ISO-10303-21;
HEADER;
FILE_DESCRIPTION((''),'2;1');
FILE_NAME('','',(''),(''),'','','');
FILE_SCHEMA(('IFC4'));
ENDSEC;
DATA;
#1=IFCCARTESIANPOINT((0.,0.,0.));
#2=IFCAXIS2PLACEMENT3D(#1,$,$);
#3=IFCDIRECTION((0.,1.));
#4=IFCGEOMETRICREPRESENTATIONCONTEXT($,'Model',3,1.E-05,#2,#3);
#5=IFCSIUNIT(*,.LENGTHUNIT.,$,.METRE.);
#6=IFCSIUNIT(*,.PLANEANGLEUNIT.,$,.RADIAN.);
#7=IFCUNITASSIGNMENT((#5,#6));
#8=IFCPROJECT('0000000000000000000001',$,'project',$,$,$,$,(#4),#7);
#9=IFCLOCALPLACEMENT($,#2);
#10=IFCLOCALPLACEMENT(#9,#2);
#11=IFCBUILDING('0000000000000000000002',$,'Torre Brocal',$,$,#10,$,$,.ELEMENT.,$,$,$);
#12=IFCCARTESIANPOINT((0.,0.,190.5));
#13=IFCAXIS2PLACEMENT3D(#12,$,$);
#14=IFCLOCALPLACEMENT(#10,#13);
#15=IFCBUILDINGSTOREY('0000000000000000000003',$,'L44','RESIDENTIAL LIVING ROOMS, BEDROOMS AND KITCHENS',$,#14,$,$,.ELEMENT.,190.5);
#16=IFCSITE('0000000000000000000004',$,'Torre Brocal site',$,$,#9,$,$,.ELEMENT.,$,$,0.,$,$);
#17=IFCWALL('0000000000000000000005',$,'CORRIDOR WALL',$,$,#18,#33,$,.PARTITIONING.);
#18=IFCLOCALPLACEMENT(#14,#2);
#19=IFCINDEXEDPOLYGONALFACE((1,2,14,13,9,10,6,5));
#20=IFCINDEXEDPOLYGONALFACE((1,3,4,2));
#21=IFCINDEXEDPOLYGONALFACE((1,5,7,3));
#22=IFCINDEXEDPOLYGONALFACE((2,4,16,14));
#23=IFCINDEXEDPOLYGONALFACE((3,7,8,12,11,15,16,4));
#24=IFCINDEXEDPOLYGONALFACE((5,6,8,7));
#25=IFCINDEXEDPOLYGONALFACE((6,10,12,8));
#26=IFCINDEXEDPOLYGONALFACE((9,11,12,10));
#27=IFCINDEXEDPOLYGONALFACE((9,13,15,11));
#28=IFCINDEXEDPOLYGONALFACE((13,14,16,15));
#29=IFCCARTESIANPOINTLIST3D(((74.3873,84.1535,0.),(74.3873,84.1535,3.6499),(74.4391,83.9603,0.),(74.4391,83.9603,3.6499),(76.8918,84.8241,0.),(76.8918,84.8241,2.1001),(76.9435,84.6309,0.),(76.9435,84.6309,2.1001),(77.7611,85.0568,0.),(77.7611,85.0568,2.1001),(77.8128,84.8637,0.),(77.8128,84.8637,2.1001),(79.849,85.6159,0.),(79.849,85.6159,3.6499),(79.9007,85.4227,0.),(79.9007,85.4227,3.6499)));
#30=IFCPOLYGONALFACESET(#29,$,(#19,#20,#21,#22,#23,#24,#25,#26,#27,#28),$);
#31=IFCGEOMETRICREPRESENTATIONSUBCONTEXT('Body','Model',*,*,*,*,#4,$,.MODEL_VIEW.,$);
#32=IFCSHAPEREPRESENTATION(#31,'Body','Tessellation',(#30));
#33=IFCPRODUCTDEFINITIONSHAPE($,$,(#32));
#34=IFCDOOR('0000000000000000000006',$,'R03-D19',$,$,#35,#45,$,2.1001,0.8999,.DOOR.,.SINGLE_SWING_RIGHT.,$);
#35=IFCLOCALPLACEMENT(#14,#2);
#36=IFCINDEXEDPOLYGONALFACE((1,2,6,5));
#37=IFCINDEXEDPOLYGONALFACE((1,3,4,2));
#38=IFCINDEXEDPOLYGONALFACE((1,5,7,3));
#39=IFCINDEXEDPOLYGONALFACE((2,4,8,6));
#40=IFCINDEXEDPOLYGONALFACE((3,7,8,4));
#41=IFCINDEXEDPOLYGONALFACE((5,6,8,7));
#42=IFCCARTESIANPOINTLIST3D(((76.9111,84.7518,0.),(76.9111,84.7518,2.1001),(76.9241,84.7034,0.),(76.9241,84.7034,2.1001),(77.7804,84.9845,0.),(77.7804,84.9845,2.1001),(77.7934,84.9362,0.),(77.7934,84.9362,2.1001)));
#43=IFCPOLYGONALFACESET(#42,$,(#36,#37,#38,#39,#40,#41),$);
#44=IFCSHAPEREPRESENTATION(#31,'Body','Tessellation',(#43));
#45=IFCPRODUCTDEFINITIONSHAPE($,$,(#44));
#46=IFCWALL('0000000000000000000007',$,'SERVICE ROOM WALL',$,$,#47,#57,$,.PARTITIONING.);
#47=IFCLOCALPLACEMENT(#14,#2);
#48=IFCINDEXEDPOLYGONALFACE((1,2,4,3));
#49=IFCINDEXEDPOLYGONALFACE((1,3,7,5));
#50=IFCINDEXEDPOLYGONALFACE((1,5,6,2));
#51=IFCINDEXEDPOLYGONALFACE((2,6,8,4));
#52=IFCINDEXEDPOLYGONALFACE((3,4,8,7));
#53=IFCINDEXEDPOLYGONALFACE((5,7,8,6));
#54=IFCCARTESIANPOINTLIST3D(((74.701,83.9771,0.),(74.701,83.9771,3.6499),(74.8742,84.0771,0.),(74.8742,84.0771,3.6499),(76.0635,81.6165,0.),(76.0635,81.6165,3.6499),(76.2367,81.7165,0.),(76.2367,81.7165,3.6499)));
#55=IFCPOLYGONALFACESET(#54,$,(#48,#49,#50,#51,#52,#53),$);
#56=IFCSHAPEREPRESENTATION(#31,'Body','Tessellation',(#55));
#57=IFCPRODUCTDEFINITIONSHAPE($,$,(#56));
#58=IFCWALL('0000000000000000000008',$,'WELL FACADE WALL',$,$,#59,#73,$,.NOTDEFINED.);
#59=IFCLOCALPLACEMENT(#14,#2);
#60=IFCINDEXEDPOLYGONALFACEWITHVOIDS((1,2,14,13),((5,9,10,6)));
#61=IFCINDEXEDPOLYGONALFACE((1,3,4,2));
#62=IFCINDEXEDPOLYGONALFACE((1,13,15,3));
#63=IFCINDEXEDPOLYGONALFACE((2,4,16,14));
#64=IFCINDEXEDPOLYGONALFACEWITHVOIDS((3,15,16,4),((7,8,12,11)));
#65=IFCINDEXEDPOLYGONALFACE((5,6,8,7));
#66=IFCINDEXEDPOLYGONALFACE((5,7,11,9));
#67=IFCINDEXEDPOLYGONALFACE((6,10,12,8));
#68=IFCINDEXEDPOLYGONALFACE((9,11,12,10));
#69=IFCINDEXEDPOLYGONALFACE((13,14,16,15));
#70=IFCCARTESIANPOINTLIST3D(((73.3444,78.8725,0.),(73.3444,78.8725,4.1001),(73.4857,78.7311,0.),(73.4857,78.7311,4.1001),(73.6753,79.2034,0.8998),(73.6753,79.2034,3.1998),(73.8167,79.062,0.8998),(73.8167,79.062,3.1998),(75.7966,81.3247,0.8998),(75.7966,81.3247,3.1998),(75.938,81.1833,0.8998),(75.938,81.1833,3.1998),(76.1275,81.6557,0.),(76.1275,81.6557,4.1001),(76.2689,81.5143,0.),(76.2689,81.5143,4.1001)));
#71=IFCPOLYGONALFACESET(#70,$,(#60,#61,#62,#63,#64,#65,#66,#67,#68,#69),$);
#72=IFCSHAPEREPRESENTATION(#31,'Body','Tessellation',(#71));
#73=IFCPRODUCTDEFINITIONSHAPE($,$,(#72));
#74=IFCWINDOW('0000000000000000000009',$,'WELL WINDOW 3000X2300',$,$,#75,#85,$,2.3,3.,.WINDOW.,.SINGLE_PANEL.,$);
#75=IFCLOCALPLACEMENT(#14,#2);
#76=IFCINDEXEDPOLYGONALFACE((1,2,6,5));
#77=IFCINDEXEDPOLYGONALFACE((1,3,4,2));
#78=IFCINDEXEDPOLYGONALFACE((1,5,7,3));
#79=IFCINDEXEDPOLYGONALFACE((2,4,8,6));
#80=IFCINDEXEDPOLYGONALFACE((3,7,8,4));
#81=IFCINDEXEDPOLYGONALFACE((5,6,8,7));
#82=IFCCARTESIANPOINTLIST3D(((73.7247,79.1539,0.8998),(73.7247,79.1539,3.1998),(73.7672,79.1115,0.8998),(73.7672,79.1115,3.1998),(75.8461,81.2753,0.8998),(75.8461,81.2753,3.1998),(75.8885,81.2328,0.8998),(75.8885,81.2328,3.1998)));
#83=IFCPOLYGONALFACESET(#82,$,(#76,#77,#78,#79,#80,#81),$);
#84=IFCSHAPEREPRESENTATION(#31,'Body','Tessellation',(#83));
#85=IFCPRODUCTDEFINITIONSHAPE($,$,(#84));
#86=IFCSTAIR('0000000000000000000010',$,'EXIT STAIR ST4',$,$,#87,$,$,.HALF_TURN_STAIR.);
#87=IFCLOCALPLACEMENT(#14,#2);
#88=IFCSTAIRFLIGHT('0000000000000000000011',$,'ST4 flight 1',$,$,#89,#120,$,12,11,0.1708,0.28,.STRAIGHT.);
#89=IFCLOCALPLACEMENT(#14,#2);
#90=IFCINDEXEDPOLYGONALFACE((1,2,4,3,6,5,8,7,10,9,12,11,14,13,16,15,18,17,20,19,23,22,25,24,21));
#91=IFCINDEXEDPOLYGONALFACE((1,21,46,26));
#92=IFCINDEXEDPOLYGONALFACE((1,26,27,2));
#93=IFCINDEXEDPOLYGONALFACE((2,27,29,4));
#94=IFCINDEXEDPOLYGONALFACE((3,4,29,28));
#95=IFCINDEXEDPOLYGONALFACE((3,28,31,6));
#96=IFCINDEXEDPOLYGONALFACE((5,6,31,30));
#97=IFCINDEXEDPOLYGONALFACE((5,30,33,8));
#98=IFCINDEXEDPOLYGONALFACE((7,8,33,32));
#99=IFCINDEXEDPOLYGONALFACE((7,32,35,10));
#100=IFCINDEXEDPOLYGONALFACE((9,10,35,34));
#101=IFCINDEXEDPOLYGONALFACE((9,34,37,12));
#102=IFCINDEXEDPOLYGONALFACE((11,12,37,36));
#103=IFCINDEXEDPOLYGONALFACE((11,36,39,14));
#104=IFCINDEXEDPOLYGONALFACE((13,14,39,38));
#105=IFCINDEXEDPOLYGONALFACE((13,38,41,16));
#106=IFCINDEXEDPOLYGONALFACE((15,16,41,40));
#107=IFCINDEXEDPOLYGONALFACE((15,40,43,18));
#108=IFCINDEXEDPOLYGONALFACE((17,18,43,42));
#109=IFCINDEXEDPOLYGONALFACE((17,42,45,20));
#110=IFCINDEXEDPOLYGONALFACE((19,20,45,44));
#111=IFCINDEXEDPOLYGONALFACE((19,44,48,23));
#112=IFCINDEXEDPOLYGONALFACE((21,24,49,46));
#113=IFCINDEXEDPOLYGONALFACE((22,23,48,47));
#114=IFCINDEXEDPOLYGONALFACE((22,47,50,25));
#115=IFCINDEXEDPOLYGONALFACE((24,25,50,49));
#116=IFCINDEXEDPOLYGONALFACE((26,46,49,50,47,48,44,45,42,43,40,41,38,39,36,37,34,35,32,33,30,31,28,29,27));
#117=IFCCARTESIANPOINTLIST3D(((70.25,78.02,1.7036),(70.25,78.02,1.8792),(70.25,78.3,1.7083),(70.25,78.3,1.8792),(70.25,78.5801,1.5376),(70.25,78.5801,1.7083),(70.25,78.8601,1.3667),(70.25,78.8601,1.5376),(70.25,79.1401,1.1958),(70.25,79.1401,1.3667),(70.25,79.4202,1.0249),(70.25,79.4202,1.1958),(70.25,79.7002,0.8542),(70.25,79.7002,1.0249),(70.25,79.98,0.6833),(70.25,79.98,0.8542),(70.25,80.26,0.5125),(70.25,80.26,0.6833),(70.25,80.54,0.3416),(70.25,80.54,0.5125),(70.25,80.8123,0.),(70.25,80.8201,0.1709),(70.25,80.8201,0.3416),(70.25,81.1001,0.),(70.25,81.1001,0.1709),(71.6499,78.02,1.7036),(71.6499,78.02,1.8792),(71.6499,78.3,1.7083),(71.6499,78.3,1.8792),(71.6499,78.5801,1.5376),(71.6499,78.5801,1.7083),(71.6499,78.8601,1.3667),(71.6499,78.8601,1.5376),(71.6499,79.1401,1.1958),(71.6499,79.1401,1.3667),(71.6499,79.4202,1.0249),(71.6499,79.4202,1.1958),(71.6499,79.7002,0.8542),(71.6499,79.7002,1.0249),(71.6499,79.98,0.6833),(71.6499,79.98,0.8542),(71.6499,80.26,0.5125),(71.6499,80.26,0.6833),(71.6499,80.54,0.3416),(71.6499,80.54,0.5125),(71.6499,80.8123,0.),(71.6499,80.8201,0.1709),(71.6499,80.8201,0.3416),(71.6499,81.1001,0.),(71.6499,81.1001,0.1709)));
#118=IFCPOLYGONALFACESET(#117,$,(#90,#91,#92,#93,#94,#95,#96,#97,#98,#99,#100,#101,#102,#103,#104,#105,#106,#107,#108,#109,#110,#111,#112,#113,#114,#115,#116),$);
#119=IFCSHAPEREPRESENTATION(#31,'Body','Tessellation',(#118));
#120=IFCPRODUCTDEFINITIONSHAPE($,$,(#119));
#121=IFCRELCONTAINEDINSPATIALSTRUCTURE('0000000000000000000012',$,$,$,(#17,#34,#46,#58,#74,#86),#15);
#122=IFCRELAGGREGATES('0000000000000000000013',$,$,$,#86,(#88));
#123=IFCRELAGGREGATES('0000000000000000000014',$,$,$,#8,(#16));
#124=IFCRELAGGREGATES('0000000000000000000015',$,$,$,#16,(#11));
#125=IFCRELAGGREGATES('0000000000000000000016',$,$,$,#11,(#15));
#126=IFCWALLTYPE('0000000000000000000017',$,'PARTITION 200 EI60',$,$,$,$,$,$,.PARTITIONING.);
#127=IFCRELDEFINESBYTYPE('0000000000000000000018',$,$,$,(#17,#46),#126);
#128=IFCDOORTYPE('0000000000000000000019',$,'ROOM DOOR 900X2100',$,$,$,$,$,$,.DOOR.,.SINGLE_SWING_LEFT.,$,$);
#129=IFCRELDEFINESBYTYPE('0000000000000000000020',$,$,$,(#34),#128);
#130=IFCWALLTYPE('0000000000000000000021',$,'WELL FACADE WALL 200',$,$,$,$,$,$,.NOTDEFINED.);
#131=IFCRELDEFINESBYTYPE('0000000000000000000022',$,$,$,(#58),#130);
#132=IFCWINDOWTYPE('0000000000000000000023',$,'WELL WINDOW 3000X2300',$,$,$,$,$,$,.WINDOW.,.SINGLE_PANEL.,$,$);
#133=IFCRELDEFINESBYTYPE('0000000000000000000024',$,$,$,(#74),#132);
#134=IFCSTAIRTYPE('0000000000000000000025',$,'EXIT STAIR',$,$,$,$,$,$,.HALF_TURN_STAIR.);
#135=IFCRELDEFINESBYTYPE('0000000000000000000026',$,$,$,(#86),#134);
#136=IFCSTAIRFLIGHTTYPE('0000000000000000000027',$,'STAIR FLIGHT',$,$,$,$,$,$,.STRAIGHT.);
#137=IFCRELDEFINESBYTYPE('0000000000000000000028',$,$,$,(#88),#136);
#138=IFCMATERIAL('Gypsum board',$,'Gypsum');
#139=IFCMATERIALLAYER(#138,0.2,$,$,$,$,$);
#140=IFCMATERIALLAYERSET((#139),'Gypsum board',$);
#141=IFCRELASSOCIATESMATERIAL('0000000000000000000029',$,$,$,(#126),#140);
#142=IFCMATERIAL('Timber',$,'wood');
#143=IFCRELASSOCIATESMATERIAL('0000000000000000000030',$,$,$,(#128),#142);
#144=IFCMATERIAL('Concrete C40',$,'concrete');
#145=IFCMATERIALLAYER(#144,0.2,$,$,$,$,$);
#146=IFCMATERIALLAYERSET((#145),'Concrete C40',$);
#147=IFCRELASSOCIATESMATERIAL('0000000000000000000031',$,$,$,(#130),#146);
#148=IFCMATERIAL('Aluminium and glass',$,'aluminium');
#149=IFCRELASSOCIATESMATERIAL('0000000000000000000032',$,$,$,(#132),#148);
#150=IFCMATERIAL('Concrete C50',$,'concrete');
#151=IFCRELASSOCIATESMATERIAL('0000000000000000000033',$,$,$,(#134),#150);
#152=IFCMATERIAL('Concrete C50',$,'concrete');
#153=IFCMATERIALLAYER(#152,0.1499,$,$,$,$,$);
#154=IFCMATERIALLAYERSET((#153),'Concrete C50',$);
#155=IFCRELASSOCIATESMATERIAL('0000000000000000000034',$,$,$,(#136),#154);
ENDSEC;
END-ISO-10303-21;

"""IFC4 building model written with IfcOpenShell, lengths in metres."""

from ifc_helpers import new_model, si_unit, direction, frame, frame_2d, origin, place, context, subcontext, project, spatial, polyline, rectangle, outline, extrude, material, layer, layer_set, type_object, element, fill, aggregate, save


model = new_model("IFC4")

# Units and contexts
model_context = context("Model", 3, precision=1e-05, world=origin(), true_north=direction((0.0, 1.0)))
body_context = subcontext(model_context, "Body", "Model", "MODEL_VIEW")
ifc_project = project(units=[si_unit("LENGTHUNIT", "METRE"), si_unit("PLANEANGLEUNIT", "RADIAN")], contexts=[model_context])

# Site, building, storey
site_placement = place(None, origin())
site = spatial("IfcSite", under=ifc_project, at=site_placement, Name="Torre Brocal site", CompositionType="ELEMENT", RefElevation=0.0)
building_placement = place(site_placement, origin())
building = spatial("IfcBuilding", under=site, at=building_placement, Name="Torre Brocal", CompositionType="ELEMENT")
storey_placement = place(building_placement, frame((0.0, 0.0, 190.5)))
storey = spatial("IfcBuildingStorey", under=building, at=storey_placement, Name="L44", Description="RESIDENTIAL LIVING ROOMS, BEDROOMS AND KITCHENS", CompositionType="ELEMENT", Elevation=190.5)

# Wall, opening, door
ifc_material_1 = material(Name="Gypsum board", Category="Gypsum")
ifc_layer_1 = layer(ifc_material_1, 0.2)
ifc_layer_set_1 = layer_set([ifc_layer_1], Name="Gypsum board")
wall_type_1 = type_object("IfcWallType", Name="PARTITION 200 EI60", PredefinedType="PARTITIONING", material=ifc_layer_set_1)
ifc_material_2 = material(Name="Timber", Category="wood")
door_type_1 = type_object("IfcDoorType", Name="ROOM DOOR 900X2100", OperationType="SINGLE_SWING_LEFT", PredefinedType="DOOR", material=ifc_material_2)
wall_1_placement = place(storey_placement, frame((74.4131, 84.0569, 0.0), z_axis=(0.0, 0.0, 1.0), x_axis=(0.965972, 0.258646, 0.0)))
wall_1 = element("IfcWall", 1, at=wall_1_placement, inside=storey, type_object=wall_type_1, Name="CORRIDOR WALL", PredefinedType="PARTITIONING", context=body_context, shape_type="SweptSolid", body=[
    extrude(rectangle(XDim=5.6541, YDim=0.2, at=frame_2d((2.8271, 0.0))), origin(), (0.0, 0.0, 1.0), 3.6499),
])
opening_1_placement = place(wall_1_placement, frame((2.5928, 0.0, 0.0)))
opening_1 = element("IfcOpeningElement", 2, at=opening_1_placement, cuts=wall_1, PredefinedType="OPENING", context=body_context, shape_type="SweptSolid", body=[
    extrude(rectangle(XDim=0.8999, YDim=2.1001, at=frame_2d((0.45, 1.05))), frame((0.0, 0.1099, 0.0), z_axis=(0.0, -1.0, 0.0), x_axis=(1.0, 0.0, 0.0)), (0.0, 0.0, 1.0), 0.22),
])
door_1_placement = place(opening_1_placement, frame((0.8999, 0.0, 0.0), z_axis=(0.0, 0.0, 1.0), x_axis=(-1.0, 0.0, 0.0)))
door_1 = element("IfcDoor", 3, at=door_1_placement, inside=storey, type_object=door_type_1, Name="R03-D19", OperationType="SINGLE_SWING_RIGHT", OverallHeight=2.1001, OverallWidth=0.8999, PredefinedType="DOOR", context=body_context, shape_type="SweptSolid", body=[
    extrude(rectangle(XDim=0.8999, YDim=2.1001, at=frame_2d((0.45, 1.05))), frame((0.0, 0.0249, 0.0), z_axis=(0.0, -1.0, 0.0), x_axis=(1.0, 0.0, 0.0)), (0.0, 0.0, 1.0), 0.05),
])
fill(opening_1, door_1)

# Wall
wall_2_placement = place(storey_placement, frame((74.7876, 84.0271, 0.0), z_axis=(0.0, 0.0, 1.0), x_axis=(0.499906, -0.86608, 0.0)))
element("IfcWall", 4, at=wall_2_placement, inside=storey, type_object=wall_type_1, Name="SERVICE ROOM WALL", PredefinedType="PARTITIONING", context=body_context, shape_type="SweptSolid", body=[
    extrude(rectangle(XDim=2.7256, YDim=0.2, at=frame_2d((1.3628, 0.0))), origin(), (0.0, 0.0, 1.0), 3.6499),
])

# Wall, opening, window
ifc_material_3 = material(Name="Concrete C40", Category="concrete")
ifc_layer_2 = layer(ifc_material_3, 0.2)
ifc_layer_set_2 = layer_set([ifc_layer_2], Name="Concrete C40")
wall_type_2 = type_object("IfcWallType", Name="WELL FACADE WALL 200", PredefinedType="NOTDEFINED", material=ifc_layer_set_2)
wall_3_placement = place(storey_placement, frame((76.1982, 81.585, 0.0), z_axis=(0.0, 0.0, 1.0), x_axis=(-0.707107, -0.707107, 0.0)))
wall_3 = element("IfcWall", 5, at=wall_3_placement, inside=storey, type_object=wall_type_2, Name="WELL FACADE WALL", PredefinedType="NOTDEFINED", context=body_context, shape_type="SweptSolid", body=[
    extrude(rectangle(XDim=3.936, YDim=0.2, at=frame_2d((1.968, 0.0))), origin(), (0.0, 0.0, 1.0), 4.1001),
])
opening_2_placement = place(wall_3_placement, frame((0.468, 0.0, 0.8999)))
opening_2 = element("IfcOpeningElement", 6, at=opening_2_placement, cuts=wall_3, PredefinedType="OPENING", context=body_context, shape_type="SweptSolid", body=[
    extrude(rectangle(XDim=3.0, YDim=2.3, at=frame_2d((1.5, 1.1499))), frame((0.0, 0.1099, 0.0), z_axis=(0.0, -1.0, 0.0), x_axis=(1.0, 0.0, 0.0)), (0.0, 0.0, 1.0), 0.22),
])
ifc_material_4 = material(Name="Aluminium and glass", Category="aluminium")
window_type = type_object("IfcWindowType", Name="WELL WINDOW 3000X2300", PartitioningType="SINGLE_PANEL", PredefinedType="WINDOW", material=ifc_material_4)
window_placement = place(opening_2_placement, origin())
window = element("IfcWindow", 7, at=window_placement, inside=storey, type_object=window_type, Name="WELL WINDOW 3000X2300", OverallHeight=2.3, OverallWidth=3.0, PartitioningType="SINGLE_PANEL", PredefinedType="WINDOW", context=body_context, shape_type="SweptSolid", body=[
    extrude(rectangle(XDim=3.0, YDim=2.3, at=frame_2d((1.5, 1.1499))), frame((0.0, 0.03, 0.0), z_axis=(0.0, -1.0, 0.0), x_axis=(1.0, 0.0, 0.0)), (0.0, 0.0, 1.0), 0.0601),
])
fill(opening_2, window)

# Stair, stair flight
ifc_material_5 = material(Name="Concrete C50", Category="concrete")
stair_type = type_object("IfcStairType", Name="EXIT STAIR", PredefinedType="HALF_TURN_STAIR", material=ifc_material_5)
stair_placement = place(storey_placement, origin())
stair = element("IfcStair", 8, at=stair_placement, inside=storey, type_object=stair_type, Name="EXIT STAIR ST4", PredefinedType="HALF_TURN_STAIR")
ifc_material_6 = material(Name="Concrete C50", Category="concrete")
ifc_layer_3 = layer(ifc_material_6, 0.1499)
ifc_layer_set_3 = layer_set([ifc_layer_3], Name="Concrete C50")
stair_flight_type = type_object("IfcStairFlightType", Name="STAIR FLIGHT", PredefinedType="STRAIGHT", material=ifc_layer_set_3)
stair_flight_placement = place(storey_placement, frame((70.95, 81.1001, 0.0), z_axis=(0.0, 0.0, 1.0), x_axis=(0.0, -1.0, 0.0)))
stair_flight = element("IfcStairFlight", 9, at=stair_flight_placement, type_object=stair_flight_type, Name="ST4 flight 1", NumberOfRisers=12, NumberOfTreads=11, PredefinedType="STRAIGHT", RiserHeight=0.1708, TreadLength=0.28, context=body_context, shape_type="SweptSolid", body=[
    extrude(outline(polyline([(0.0, 0.0), (0.0, 0.1709), (0.28, 0.1709), (0.28, 0.3416), (0.5601, 0.3416), (0.5601, 0.5125), (0.8401, 0.5125), (0.8401, 0.6833), (1.1201, 0.6833), (1.1201, 0.8542), (1.3999, 0.8542), (1.3999, 1.0249), (1.6799, 1.0249), (1.6799, 1.1958), (1.96, 1.1958), (1.96, 1.3667), (2.24, 1.3667), (2.24, 1.5376), (2.52, 1.5376), (2.52, 1.7083), (2.8, 1.7083), (2.8, 1.8792), (3.0801, 1.8792), (3.0801, 2.05), (3.0801, 1.7036), (0.2878, 0.0), (0.0, 0.0)])), frame((0.0, 0.7, 0.0), z_axis=(0.0, -1.0, 0.0), x_axis=(1.0, 0.0, 0.0)), (0.0, 0.0, 1.0), 1.3999),
])
aggregate(stair, [stair_flight])

save(model, "model.ifc")
